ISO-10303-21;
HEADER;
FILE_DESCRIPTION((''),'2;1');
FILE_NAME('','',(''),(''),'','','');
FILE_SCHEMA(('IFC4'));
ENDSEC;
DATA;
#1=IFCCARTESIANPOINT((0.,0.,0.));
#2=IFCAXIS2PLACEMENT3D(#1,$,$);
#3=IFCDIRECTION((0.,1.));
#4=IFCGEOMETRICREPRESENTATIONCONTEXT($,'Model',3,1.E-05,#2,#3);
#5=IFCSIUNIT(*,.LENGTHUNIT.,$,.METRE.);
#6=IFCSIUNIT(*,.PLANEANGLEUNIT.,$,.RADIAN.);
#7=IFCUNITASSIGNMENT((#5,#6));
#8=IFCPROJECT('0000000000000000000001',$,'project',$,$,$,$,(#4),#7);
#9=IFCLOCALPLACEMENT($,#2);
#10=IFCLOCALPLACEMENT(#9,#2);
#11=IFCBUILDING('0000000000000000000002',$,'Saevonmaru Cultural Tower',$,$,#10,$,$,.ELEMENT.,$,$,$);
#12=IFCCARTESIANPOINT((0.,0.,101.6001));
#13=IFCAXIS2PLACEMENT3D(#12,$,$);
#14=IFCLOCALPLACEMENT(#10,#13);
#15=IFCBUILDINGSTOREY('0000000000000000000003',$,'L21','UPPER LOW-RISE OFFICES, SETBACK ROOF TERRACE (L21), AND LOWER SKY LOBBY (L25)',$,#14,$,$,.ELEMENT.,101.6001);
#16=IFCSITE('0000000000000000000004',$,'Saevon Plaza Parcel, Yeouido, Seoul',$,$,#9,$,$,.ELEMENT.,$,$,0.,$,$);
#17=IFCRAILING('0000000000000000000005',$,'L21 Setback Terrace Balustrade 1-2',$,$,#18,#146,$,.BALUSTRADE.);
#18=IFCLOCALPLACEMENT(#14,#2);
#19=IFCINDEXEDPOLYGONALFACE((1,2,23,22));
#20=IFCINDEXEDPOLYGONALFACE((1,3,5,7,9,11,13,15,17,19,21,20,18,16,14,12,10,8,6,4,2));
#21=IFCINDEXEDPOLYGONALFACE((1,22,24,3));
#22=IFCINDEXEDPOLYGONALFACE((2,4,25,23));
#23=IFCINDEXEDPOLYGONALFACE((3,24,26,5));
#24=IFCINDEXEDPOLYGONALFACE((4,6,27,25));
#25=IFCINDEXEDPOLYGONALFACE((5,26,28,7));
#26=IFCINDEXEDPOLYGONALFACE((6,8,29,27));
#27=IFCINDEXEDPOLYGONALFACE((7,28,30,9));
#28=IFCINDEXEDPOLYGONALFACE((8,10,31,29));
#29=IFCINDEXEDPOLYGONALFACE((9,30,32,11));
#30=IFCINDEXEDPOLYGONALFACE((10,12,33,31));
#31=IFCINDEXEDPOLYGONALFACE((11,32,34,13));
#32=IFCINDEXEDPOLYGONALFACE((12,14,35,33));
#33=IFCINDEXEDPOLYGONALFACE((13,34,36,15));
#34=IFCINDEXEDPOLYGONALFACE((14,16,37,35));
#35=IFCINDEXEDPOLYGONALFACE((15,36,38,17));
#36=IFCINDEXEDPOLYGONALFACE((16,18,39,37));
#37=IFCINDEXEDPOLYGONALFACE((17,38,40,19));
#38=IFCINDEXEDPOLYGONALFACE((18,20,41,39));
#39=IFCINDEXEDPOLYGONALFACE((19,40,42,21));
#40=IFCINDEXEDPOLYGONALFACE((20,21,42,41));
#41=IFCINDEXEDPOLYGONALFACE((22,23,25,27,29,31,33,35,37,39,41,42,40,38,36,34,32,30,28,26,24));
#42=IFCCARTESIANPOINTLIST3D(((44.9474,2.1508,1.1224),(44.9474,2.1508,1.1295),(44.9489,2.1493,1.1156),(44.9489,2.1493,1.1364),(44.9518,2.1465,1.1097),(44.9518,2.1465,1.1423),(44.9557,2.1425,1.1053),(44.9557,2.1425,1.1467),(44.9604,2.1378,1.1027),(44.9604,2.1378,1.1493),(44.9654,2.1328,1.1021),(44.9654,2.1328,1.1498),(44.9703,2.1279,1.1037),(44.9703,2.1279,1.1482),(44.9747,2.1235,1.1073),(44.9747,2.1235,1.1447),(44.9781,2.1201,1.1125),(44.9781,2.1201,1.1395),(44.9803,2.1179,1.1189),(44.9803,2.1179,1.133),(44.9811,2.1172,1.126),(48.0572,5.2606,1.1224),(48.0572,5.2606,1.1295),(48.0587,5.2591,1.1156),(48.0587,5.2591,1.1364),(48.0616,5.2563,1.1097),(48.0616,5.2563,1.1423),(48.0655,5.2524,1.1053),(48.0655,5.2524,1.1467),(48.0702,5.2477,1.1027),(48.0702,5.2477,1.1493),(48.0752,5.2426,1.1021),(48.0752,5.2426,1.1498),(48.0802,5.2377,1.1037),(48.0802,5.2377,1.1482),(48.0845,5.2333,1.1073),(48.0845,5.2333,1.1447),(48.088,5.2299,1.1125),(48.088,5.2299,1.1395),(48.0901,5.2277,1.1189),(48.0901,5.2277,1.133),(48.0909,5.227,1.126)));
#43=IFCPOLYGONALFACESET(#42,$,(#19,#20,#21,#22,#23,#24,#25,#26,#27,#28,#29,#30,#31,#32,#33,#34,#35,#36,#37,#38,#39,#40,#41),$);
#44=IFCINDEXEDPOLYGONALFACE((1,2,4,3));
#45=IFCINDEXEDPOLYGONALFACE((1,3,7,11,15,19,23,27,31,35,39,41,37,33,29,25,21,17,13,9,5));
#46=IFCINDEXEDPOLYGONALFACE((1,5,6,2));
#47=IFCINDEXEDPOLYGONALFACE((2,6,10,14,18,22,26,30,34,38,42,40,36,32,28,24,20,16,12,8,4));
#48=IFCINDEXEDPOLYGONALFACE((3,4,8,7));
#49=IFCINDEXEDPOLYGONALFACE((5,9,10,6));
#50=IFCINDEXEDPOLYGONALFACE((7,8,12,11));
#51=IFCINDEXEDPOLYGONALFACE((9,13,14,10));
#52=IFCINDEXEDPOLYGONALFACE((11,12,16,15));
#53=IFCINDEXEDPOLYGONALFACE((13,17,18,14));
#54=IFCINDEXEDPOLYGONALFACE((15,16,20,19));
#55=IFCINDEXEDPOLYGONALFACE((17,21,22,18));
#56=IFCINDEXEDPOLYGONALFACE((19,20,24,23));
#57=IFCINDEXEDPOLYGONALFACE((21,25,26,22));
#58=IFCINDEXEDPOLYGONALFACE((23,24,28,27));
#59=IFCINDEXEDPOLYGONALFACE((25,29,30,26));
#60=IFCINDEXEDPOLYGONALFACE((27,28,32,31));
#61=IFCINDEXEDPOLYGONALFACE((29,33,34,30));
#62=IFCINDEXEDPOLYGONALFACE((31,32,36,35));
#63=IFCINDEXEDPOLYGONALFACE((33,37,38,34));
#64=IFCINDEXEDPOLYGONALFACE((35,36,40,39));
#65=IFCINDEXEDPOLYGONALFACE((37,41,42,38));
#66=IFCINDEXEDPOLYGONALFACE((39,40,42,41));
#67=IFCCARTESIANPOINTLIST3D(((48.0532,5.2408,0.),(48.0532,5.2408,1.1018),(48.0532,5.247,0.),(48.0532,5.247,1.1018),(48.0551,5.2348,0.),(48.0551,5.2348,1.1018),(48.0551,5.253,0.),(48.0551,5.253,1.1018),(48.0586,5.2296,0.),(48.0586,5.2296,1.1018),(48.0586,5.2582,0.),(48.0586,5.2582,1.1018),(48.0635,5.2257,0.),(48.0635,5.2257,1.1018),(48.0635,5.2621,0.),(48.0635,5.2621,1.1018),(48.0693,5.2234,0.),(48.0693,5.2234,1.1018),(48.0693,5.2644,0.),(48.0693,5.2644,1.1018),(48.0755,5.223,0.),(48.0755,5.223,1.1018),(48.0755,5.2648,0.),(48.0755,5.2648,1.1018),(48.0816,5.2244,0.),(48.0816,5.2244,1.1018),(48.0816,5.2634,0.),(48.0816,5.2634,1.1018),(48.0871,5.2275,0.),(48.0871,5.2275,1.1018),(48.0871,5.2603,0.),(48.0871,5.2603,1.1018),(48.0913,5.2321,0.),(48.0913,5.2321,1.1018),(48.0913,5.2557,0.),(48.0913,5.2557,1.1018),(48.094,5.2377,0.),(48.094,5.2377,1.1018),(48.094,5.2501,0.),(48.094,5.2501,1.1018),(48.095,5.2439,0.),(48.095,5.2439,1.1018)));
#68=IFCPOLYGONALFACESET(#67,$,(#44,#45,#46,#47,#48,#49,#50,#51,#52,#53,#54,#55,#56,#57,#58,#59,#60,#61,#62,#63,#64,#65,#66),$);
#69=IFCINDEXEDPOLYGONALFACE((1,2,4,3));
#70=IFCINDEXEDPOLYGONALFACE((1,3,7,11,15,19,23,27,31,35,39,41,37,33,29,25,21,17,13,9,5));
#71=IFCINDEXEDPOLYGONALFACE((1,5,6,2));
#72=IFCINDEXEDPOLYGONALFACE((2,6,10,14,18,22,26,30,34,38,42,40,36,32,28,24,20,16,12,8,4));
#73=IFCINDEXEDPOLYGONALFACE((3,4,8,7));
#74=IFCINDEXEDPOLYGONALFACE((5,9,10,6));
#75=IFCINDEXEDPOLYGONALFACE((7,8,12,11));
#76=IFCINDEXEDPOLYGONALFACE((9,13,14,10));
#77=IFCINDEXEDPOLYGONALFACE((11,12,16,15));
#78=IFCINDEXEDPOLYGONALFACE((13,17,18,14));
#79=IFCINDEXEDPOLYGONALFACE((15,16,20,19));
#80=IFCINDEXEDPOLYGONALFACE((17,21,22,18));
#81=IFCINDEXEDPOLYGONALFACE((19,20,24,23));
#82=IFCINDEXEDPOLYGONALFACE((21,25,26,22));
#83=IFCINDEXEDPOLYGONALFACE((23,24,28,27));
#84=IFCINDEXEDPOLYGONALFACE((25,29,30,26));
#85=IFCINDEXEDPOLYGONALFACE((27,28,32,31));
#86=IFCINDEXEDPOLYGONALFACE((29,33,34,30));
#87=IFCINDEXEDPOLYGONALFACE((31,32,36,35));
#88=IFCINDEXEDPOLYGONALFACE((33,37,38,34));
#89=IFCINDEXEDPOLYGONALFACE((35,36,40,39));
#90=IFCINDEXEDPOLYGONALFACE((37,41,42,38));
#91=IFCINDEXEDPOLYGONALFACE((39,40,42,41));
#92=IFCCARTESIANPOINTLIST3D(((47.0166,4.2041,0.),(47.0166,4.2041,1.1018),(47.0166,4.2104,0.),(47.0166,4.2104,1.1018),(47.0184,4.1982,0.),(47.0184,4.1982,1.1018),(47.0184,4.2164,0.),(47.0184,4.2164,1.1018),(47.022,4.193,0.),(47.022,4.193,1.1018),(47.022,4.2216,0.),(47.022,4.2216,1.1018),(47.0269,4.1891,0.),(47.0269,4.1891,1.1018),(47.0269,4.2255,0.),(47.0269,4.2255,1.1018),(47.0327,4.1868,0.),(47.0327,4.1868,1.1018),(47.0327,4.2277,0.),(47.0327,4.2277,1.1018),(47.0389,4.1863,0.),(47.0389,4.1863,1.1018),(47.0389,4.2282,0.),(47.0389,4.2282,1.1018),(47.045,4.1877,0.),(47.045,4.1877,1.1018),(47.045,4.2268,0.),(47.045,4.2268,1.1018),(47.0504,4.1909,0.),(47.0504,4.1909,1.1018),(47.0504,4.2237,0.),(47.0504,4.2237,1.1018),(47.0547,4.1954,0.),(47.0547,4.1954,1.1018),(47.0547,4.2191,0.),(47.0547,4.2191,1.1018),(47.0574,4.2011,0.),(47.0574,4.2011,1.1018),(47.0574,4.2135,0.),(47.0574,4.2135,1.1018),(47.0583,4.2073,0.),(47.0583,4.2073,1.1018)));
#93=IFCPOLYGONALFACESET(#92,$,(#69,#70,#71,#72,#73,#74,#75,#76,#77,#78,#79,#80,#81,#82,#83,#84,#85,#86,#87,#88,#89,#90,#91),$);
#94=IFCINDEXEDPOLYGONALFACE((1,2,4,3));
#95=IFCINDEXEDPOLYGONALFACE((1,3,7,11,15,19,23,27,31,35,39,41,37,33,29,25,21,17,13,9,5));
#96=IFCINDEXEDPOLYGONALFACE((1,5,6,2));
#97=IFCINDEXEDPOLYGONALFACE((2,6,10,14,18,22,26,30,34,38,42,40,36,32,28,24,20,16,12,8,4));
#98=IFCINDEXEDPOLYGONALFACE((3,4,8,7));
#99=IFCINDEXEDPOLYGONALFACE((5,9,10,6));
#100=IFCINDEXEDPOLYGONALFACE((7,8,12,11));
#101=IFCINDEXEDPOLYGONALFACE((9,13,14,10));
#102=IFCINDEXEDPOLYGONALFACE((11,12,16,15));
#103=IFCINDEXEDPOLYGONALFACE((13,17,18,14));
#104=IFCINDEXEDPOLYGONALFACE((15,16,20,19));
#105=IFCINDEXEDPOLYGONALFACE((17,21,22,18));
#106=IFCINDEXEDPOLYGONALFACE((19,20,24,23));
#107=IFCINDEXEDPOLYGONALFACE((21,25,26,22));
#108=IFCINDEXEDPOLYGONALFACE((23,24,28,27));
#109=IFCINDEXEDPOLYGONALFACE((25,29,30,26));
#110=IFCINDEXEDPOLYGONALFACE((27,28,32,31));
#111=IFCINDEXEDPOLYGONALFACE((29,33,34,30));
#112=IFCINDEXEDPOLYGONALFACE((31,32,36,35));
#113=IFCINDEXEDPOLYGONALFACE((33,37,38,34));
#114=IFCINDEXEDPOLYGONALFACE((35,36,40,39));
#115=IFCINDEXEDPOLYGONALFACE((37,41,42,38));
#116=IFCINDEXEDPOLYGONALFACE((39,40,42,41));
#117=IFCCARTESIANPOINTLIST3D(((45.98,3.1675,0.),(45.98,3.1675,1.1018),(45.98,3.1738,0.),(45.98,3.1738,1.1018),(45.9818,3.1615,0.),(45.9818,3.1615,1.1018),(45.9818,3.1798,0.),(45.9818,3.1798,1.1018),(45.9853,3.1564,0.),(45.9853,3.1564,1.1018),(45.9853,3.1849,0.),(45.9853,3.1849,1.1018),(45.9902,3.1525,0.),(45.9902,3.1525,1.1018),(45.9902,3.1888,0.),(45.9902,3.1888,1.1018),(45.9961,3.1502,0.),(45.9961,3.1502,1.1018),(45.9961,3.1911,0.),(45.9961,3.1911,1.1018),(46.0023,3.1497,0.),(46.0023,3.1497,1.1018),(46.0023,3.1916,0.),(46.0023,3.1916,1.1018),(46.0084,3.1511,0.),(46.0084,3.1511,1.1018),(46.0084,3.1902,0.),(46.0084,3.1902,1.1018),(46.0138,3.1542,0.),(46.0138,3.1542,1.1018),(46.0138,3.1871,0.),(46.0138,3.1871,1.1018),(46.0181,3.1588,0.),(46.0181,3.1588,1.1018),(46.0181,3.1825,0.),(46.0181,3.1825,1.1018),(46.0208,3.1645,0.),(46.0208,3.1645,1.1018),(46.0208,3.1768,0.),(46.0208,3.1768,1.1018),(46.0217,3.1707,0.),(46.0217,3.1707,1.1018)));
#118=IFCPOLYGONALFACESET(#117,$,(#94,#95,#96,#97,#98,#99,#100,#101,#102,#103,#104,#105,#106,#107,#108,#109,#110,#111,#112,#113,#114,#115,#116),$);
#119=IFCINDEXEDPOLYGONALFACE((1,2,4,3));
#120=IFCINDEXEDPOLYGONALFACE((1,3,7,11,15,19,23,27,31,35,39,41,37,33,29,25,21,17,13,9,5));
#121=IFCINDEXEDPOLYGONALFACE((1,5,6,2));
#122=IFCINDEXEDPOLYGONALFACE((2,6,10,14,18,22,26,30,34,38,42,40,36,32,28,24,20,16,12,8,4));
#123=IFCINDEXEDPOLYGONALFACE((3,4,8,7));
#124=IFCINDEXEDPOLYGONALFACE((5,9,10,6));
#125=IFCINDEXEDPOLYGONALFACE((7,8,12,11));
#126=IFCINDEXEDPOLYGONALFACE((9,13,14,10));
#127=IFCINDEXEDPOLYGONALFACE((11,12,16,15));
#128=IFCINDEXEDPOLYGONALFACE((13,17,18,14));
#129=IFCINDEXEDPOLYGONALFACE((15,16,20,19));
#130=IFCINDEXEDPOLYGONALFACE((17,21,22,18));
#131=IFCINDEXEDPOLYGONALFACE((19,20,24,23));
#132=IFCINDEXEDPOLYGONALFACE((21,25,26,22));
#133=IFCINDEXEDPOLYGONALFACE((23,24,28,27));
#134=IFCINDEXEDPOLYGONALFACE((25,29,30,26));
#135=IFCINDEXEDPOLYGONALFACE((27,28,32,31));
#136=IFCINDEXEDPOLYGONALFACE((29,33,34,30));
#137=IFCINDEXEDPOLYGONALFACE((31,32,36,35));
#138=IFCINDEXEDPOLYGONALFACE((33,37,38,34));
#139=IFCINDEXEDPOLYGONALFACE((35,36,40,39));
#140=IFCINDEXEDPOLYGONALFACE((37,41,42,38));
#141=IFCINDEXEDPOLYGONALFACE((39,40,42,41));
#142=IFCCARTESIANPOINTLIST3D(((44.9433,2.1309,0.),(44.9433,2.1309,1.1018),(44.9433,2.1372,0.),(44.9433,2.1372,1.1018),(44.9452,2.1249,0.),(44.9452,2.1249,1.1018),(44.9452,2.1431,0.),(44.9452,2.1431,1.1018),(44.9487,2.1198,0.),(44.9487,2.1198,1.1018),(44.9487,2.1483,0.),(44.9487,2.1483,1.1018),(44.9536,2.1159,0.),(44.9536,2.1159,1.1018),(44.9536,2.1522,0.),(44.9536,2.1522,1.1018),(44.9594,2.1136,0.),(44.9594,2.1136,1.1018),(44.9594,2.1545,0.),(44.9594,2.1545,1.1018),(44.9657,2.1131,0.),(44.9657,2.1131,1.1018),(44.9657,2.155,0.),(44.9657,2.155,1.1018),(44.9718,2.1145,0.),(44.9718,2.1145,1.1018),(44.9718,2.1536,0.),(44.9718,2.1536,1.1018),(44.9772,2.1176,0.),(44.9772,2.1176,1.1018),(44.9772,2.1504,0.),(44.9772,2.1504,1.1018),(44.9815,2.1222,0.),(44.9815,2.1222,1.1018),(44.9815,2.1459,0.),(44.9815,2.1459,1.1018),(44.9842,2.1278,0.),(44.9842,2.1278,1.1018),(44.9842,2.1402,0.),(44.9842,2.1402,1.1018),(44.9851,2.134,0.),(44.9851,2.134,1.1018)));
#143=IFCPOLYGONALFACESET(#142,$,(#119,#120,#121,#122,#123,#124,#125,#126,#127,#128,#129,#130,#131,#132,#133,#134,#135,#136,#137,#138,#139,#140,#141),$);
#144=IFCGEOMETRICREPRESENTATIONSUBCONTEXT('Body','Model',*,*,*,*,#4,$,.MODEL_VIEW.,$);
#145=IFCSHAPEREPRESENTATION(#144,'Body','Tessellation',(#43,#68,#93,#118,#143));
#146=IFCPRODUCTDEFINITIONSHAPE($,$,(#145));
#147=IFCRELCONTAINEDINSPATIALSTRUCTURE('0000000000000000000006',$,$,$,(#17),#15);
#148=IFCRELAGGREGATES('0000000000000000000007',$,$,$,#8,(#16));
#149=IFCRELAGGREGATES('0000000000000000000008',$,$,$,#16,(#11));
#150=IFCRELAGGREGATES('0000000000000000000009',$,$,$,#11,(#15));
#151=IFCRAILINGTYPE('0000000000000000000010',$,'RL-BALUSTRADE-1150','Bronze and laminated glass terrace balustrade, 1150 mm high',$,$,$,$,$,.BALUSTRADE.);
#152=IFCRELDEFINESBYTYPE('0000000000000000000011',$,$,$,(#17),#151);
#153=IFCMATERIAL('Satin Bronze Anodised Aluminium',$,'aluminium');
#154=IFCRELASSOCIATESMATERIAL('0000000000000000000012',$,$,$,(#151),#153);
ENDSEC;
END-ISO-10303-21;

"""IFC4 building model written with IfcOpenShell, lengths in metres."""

from ifc_helpers import new_model, si_unit, direction, frame, origin, origin_2d, place, context, subcontext, project, spatial, circle, extrude, material, type_object, element, save


model = new_model("IFC4")

# Units and contexts
model_context = context("Model", 3, precision=1e-05, world=origin(), true_north=direction((0.0, 1.0)))
body_context = subcontext(model_context, "Body", "Model", "MODEL_VIEW")
ifc_project = project(units=[si_unit("LENGTHUNIT", "METRE"), si_unit("PLANEANGLEUNIT", "RADIAN")], contexts=[model_context])

# Site, building, storey
site_placement = place(None, origin())
site = spatial("IfcSite", under=ifc_project, at=site_placement, Name="Saevon Plaza Parcel, Yeouido, Seoul", CompositionType="ELEMENT", RefElevation=0.0)
building_placement = place(site_placement, origin())
building = spatial("IfcBuilding", under=site, at=building_placement, Name="Saevonmaru Cultural Tower", CompositionType="ELEMENT")
storey_placement = place(building_placement, frame((0.0, 0.0, 101.6001)))
storey = spatial("IfcBuildingStorey", under=building, at=storey_placement, Name="L21", Description="UPPER LOW-RISE OFFICES, SETBACK ROOF TERRACE (L21), AND LOWER SKY LOBBY (L25)", CompositionType="ELEMENT", Elevation=101.6001)

# Shared definitions
ifc_material_1 = material(Name="Satin Bronze Anodised Aluminium", Category="aluminium")

# Railing
railing_type = type_object("IfcRailingType", Name="RL-BALUSTRADE-1150", Description="Bronze and laminated glass terrace balustrade, 1150 mm high", PredefinedType="BALUSTRADE", material=ifc_material_1)
railing_1_placement = place(storey_placement, frame((48.074, 5.2439, 0.0)))
element("IfcRailing", 1, at=railing_1_placement, inside=storey, type_object=railing_type, Name="L21 Setback Terrace Balustrade 1-2", PredefinedType="BALUSTRADE", context=body_context, shape_type="SweptSolid", body=[
    extrude(circle(Radius=0.0239, at=origin_2d()), frame((0.0, 0.0, 1.126), z_axis=(-0.707107, -0.707107, 0.0), x_axis=(0.707107, -0.707107, 0.0)), (0.0, 0.0, 1.0), 4.3979),
    extrude(circle(Radius=0.021, at=origin_2d()), origin(), (0.0, 0.0, 1.0), 1.1018),
    extrude(circle(Radius=0.021, at=origin_2d()), frame((-1.0366, -1.0366, 0.0)), (0.0, 0.0, 1.0), 1.1018),
    extrude(circle(Radius=0.021, at=origin_2d()), frame((-2.0732, -2.0732, 0.0)), (0.0, 0.0, 1.0), 1.1018),
    extrude(circle(Radius=0.021, at=origin_2d()), frame((-3.1099, -3.1099, 0.0)), (0.0, 0.0, 1.0), 1.1018),
])

save(model, "model.ifc")
